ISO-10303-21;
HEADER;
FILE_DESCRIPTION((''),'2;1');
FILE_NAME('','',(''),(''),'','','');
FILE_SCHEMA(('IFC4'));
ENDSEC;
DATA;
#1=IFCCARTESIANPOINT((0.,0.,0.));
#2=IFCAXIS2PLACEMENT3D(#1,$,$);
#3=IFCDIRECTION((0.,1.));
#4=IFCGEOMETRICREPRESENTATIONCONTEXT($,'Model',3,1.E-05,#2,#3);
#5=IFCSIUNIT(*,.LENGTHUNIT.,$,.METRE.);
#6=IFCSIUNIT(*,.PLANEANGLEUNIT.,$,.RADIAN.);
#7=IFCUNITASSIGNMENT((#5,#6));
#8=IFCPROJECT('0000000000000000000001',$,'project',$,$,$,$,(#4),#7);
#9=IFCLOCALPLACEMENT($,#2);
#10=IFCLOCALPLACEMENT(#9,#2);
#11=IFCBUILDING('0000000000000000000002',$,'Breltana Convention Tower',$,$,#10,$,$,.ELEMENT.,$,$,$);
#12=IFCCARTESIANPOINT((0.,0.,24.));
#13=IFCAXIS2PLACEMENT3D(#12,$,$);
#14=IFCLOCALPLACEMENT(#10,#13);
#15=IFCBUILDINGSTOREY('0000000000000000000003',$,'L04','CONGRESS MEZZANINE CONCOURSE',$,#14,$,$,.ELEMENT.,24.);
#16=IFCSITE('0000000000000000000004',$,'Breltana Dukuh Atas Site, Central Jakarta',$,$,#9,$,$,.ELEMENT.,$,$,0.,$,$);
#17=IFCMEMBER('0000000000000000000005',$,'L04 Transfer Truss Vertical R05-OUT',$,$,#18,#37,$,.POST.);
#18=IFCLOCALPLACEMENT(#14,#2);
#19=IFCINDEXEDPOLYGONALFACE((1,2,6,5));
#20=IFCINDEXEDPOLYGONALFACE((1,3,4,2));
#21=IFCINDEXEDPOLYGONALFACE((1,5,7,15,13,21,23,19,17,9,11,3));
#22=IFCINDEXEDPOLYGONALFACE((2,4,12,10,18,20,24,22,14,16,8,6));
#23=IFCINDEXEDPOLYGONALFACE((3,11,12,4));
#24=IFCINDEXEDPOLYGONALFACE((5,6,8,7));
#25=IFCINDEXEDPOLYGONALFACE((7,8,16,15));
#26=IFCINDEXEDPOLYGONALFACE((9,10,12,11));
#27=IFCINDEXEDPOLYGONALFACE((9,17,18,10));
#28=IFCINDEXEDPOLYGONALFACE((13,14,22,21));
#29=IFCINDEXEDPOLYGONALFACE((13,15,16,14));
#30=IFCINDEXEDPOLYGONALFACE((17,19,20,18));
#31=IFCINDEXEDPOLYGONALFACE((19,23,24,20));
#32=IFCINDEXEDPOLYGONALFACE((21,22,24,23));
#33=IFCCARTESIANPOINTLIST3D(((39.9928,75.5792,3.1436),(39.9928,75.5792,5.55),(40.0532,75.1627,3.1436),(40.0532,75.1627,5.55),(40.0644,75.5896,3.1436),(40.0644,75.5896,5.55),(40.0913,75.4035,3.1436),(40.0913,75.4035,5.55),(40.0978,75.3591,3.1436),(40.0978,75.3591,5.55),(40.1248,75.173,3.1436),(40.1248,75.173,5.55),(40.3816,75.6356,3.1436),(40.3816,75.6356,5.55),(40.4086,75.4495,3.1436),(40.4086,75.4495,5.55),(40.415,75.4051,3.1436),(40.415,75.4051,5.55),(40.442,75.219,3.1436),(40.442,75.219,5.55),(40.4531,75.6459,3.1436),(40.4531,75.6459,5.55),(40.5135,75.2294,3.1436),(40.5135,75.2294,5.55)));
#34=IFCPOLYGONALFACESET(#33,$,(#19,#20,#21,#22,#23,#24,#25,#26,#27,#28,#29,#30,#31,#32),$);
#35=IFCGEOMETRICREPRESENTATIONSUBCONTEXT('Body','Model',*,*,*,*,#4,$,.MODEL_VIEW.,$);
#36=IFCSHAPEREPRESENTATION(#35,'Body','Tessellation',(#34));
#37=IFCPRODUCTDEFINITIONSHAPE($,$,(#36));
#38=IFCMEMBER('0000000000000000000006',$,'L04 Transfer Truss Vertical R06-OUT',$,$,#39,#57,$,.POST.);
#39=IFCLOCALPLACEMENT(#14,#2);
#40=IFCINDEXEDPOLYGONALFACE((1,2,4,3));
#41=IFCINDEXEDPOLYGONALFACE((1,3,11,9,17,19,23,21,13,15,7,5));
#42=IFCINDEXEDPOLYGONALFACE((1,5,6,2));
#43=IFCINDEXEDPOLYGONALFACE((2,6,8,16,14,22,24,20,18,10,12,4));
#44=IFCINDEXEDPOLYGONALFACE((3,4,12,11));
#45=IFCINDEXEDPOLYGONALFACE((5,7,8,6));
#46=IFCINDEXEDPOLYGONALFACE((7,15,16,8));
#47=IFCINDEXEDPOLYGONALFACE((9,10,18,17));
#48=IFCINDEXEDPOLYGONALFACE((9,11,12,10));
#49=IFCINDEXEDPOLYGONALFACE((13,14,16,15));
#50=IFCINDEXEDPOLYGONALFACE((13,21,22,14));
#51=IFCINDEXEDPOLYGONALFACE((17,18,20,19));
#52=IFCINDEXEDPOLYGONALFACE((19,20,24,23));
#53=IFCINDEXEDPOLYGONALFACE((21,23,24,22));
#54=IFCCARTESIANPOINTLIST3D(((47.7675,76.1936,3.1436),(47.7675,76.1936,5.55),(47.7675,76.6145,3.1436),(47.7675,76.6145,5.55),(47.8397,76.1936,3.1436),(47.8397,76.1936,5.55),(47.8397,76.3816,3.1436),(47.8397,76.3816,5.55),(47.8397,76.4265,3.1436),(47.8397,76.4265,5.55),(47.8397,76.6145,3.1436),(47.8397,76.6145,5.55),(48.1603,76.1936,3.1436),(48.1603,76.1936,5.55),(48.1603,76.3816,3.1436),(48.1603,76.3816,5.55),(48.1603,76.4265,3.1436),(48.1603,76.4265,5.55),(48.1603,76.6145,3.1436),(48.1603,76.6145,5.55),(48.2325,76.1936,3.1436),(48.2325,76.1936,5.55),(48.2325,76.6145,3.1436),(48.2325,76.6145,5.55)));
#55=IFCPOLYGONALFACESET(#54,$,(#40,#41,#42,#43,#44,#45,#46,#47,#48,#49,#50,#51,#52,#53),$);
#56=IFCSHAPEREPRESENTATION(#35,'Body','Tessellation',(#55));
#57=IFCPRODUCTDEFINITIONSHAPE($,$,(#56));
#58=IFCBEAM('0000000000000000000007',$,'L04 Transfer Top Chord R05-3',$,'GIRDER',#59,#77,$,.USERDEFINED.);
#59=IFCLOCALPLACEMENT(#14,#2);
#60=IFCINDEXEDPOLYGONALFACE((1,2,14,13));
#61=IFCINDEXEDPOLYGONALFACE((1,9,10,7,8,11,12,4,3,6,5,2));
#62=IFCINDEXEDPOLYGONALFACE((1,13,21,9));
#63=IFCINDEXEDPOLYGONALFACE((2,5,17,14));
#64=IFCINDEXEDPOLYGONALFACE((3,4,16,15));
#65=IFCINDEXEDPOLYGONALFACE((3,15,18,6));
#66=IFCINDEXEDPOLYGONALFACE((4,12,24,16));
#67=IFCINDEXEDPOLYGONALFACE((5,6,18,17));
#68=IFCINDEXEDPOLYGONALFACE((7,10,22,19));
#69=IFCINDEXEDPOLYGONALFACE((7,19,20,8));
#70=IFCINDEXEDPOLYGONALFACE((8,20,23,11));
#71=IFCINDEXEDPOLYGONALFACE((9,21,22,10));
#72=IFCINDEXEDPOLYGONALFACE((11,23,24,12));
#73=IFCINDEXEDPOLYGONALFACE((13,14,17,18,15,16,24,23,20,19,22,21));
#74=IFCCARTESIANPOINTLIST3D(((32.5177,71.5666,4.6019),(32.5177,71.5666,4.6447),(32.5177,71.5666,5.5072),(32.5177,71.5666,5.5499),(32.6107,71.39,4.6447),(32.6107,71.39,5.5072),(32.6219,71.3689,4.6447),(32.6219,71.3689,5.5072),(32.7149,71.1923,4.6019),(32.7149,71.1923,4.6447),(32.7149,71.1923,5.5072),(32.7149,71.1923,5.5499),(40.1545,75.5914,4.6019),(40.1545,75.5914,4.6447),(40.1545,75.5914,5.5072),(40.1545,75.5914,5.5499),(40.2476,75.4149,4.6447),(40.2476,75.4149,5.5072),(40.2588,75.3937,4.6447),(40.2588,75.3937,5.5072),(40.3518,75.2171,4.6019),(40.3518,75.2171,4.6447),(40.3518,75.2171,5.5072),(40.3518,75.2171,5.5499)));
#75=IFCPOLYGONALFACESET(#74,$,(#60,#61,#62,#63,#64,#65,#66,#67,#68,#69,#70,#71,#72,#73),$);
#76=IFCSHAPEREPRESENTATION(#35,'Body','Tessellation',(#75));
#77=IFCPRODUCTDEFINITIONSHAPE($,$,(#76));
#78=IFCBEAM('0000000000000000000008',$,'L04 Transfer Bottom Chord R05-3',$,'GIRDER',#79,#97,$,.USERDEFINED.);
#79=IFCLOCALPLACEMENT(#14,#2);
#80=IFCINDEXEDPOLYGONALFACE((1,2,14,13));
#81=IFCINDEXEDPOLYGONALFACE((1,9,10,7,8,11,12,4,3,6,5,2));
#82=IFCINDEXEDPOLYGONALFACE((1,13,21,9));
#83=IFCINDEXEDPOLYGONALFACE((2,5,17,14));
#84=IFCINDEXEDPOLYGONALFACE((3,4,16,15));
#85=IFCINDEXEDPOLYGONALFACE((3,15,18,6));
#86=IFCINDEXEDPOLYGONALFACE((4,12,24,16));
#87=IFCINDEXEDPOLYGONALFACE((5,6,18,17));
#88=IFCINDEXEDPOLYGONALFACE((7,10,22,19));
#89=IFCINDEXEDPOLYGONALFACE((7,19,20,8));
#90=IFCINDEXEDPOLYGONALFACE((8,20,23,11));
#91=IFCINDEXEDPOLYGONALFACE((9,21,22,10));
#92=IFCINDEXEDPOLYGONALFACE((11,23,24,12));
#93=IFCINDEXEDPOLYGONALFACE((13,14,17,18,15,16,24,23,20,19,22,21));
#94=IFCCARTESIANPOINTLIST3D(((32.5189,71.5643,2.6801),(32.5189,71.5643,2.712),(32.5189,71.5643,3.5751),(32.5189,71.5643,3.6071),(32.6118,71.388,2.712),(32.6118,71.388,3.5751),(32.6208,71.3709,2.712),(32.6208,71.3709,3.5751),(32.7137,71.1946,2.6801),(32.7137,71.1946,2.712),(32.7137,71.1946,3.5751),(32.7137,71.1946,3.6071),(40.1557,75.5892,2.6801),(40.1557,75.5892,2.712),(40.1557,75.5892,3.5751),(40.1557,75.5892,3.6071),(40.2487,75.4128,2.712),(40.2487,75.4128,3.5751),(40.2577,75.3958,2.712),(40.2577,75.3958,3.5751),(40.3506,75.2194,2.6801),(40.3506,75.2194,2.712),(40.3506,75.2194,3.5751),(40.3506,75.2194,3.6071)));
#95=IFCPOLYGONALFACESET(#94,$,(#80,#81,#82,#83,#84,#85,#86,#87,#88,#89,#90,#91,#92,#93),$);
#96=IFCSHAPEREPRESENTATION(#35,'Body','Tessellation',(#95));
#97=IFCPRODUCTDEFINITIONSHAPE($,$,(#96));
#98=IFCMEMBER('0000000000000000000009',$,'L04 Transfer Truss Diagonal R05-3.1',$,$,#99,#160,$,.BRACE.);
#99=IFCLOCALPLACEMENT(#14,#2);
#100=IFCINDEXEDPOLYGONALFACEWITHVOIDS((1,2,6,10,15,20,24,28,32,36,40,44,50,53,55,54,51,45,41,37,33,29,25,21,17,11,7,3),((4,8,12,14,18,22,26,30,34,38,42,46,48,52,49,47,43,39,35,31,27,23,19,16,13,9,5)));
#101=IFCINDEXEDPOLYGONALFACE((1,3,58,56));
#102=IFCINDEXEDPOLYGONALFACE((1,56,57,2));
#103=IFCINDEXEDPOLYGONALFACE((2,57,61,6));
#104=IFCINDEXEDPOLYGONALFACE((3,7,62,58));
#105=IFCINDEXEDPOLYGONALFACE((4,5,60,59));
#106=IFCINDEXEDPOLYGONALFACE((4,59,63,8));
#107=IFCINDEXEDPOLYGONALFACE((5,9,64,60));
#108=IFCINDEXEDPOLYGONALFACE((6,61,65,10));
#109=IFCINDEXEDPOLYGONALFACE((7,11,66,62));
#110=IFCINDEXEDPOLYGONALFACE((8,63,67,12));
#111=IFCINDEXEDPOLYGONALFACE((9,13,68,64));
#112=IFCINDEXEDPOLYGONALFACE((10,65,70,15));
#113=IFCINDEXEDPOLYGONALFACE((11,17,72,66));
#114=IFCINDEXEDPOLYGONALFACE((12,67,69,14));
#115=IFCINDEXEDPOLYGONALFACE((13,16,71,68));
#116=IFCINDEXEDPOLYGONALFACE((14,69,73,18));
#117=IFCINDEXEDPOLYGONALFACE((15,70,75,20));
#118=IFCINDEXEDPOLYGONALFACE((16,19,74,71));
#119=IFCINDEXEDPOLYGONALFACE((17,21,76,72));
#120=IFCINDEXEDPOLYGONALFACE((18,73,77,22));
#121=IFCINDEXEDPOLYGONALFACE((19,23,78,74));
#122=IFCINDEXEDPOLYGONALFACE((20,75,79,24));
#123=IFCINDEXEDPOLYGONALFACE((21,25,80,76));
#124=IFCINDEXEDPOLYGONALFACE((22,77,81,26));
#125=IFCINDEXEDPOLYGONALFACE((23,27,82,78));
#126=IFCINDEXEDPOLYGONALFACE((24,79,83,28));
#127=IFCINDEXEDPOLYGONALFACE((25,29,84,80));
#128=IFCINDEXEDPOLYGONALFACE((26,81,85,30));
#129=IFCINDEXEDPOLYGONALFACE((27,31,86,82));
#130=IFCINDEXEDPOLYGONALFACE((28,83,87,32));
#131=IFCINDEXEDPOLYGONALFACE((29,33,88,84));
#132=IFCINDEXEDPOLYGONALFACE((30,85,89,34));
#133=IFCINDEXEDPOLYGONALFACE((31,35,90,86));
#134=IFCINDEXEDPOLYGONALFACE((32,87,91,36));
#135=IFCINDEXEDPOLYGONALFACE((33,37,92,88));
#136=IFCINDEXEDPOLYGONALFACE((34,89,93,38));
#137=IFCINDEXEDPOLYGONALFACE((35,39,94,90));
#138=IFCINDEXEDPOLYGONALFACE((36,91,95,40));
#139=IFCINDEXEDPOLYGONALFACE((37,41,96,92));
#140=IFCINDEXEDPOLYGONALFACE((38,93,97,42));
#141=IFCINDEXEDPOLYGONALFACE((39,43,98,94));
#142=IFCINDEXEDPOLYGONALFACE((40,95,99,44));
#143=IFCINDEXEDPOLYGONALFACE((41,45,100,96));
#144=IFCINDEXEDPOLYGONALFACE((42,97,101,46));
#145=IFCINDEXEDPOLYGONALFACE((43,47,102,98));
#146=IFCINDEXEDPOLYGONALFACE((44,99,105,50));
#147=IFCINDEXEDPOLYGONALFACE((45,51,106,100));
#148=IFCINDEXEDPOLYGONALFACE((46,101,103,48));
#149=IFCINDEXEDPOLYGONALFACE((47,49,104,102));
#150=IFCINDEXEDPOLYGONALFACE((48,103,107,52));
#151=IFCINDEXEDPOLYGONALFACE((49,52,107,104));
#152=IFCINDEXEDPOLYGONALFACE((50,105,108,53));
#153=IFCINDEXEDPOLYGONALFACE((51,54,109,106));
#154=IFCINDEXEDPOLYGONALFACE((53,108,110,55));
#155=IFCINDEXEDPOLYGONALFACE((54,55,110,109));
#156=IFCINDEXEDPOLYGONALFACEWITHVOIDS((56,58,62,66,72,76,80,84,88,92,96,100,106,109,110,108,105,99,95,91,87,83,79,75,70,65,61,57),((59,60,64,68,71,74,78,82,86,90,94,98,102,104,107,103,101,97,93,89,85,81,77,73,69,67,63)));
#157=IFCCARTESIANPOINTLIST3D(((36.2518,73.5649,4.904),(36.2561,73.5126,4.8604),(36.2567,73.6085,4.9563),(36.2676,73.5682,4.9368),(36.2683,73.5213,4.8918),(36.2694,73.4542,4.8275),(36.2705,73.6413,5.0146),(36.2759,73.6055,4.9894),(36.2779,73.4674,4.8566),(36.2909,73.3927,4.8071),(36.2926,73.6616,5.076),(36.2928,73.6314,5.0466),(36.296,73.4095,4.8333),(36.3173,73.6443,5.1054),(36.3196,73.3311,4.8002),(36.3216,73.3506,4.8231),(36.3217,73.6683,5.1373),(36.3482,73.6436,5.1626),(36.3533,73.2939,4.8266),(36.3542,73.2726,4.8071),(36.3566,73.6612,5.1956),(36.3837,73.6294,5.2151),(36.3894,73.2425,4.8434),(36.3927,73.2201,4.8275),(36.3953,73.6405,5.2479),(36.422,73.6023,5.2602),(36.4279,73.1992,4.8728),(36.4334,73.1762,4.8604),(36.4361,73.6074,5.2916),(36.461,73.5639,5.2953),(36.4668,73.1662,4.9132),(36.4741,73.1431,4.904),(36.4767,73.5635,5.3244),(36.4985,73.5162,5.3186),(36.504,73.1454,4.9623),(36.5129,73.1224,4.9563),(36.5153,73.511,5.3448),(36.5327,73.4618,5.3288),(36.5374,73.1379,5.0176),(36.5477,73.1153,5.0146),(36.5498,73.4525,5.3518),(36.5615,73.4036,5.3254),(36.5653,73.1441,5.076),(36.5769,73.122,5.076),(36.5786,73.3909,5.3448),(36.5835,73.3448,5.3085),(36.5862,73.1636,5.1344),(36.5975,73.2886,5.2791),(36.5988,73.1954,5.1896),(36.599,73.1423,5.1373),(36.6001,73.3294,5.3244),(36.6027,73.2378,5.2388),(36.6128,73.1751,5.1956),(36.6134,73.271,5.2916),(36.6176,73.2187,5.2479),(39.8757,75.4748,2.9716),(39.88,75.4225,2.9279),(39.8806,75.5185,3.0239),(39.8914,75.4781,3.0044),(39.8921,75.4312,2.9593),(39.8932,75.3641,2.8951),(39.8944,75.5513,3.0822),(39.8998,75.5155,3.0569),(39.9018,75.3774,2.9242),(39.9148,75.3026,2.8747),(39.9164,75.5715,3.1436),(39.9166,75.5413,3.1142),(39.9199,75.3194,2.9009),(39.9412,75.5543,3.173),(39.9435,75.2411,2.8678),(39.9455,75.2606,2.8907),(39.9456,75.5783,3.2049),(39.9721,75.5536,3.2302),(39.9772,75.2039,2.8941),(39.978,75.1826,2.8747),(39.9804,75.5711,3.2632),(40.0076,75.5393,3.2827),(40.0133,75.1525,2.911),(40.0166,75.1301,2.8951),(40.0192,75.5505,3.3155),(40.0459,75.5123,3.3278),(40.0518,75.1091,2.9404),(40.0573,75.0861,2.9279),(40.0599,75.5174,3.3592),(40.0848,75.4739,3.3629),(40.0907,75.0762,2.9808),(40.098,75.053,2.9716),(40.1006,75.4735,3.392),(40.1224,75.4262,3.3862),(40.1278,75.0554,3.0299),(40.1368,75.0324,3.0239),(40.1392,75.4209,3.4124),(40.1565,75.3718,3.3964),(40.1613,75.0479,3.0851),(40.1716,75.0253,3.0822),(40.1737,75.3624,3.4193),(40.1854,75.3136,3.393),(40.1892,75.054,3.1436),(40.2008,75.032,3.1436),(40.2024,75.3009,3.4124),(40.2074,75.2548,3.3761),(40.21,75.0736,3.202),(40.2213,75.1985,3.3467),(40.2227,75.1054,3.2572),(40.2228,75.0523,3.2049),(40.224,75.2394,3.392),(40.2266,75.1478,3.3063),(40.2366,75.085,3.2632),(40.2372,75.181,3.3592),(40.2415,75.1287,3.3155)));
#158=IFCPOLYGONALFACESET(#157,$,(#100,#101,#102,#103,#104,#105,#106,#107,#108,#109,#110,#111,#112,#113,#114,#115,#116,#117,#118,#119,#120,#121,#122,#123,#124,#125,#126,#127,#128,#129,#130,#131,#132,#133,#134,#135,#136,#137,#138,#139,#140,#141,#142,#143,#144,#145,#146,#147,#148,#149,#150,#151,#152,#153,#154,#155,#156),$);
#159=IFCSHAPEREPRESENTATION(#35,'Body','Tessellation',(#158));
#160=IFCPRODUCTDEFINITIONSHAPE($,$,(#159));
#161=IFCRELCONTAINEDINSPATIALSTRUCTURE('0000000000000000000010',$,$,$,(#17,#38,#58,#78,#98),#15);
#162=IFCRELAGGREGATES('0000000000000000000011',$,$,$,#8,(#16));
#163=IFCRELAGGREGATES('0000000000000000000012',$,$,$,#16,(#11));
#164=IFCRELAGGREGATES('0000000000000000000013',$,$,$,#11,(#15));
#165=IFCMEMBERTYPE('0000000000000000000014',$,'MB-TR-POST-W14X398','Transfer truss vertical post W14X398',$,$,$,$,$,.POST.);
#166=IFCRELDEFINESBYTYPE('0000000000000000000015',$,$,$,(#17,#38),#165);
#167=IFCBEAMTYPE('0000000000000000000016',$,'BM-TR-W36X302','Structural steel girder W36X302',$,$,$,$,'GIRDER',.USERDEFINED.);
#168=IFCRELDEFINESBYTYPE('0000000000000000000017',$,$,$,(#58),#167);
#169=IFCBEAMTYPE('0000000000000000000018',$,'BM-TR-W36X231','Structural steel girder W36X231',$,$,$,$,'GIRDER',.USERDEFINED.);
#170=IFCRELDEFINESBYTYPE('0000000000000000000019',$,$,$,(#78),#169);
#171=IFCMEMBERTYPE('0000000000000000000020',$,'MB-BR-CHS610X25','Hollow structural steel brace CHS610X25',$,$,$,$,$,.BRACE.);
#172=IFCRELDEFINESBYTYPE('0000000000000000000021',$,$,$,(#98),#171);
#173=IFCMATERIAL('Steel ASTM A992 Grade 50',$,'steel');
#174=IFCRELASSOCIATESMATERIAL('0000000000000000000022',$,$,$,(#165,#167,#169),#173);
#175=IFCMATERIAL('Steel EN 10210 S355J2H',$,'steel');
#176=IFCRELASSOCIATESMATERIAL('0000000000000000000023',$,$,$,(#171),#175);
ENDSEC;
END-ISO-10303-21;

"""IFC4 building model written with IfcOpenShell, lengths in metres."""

from ifc_helpers import new_model, si_unit, direction, frame, origin, origin_2d, place, context, subcontext, project, spatial, hollow_circle, i_section, extrude, source, transform, mapped, material, material_profile, profile_set, type_object, type_shapes, element, save


model = new_model("IFC4")

# Units and contexts
model_context = context("Model", 3, precision=1e-05, world=origin(), true_north=direction((0.0, 1.0)))
body_context = subcontext(model_context, "Body", "Model", "MODEL_VIEW")
ifc_project = project(units=[si_unit("LENGTHUNIT", "METRE"), si_unit("PLANEANGLEUNIT", "RADIAN")], contexts=[model_context])

# Site, building, storey
site_placement = place(None, origin())
site = spatial("IfcSite", under=ifc_project, at=site_placement, Name="Breltana Dukuh Atas Site, Central Jakarta", CompositionType="ELEMENT", RefElevation=0.0)
building_placement = place(site_placement, origin())
building = spatial("IfcBuilding", under=site, at=building_placement, Name="Breltana Convention Tower", CompositionType="ELEMENT")
storey_placement = place(building_placement, frame((0.0, 0.0, 24.0)))
storey = spatial("IfcBuildingStorey", under=building, at=storey_placement, Name="L04", Description="CONGRESS MEZZANINE CONCOURSE", CompositionType="ELEMENT", Elevation=24.0)

# Members
ifc_material_1 = material(Name="Steel ASTM A992 Grade 50", Category="steel")
ifc_material_profile_1 = material_profile(ifc_material_1, i_section(OverallWidth=0.4209, OverallDepth=0.4651, WebThickness=0.0449, FlangeThickness=0.0723, at=origin_2d()), Name="W14X398")
ifc_profile_set_1 = profile_set([ifc_material_profile_1], Name="Steel ASTM A992 Grade 50")
member_type_1 = type_object("IfcMemberType", Name="MB-TR-POST-W14X398", Description="Transfer truss vertical post W14X398", PredefinedType="POST", material=ifc_profile_set_1)
shared_shape_1 = source(origin(), body_context, "Body", "SweptSolid", [
    extrude(i_section(OverallWidth=0.4209, OverallDepth=0.4651, WebThickness=0.0449, FlangeThickness=0.0723, at=origin_2d()), origin(), (0.0, 0.0, 1.0), 2.4065),
])
type_shapes(member_type_1, [shared_shape_1])
for number, where, z_axis, x_axis, name in (
    (1, (40.2532, 75.4043, 3.1436), (0.0, 0.0, 1.0), (-0.143493, 0.989651, 0.0), "L04 Transfer Truss Vertical R05-OUT"),
    (2, (48.0, 76.4041, 3.1436), (0.0, 0.0, 1.0), (0.0, 1.0, 0.0), "L04 Transfer Truss Vertical R06-OUT"),
):
    element("IfcMember", number, at=place(storey_placement, frame(where, z_axis=z_axis, x_axis=x_axis)), inside=storey, type_object=member_type_1, Name=name, PredefinedType="POST", context=body_context, shape_type="MappedRepresentation", body=[
        mapped(shared_shape_1, transform((0.0, 0.0, 0.0), scale=1.0)),
    ])

# Beams
ifc_material_profile_2 = material_profile(ifc_material_1, i_section(OverallWidth=0.4231, OverallDepth=0.948, WebThickness=0.0239, FlangeThickness=0.0427, at=origin_2d()), Name="W36X302")
ifc_profile_set_2 = profile_set([ifc_material_profile_2], Name="Steel ASTM A992 Grade 50")
beam_type_1 = type_object("IfcBeamType", Name="BM-TR-W36X302", Description="Structural steel girder W36X302", ElementType="GIRDER", PredefinedType="USERDEFINED", material=ifc_profile_set_2)
shared_shape_2 = source(origin(), body_context, "Body", "SweptSolid", [
    extrude(i_section(OverallWidth=0.4231, OverallDepth=0.948, WebThickness=0.0239, FlangeThickness=0.0427, at=origin_2d()), origin(), (0.0, 0.0, 1.0), 8.6326),
])
beam_1_placement = place(storey_placement, frame((40.2532, 75.4043, 5.0759), z_axis=(-0.884658, -0.466241, 0.0), x_axis=(0.466241, -0.884658, 0.0)))
element("IfcBeam", 3, at=beam_1_placement, inside=storey, type_object=beam_type_1, Name="L04 Transfer Top Chord R05-3", ObjectType="GIRDER", PredefinedType="USERDEFINED", context=body_context, shape_type="MappedRepresentation", body=[
    mapped(shared_shape_2, transform((0.0, 0.0, 0.0), scale=1.0)),
])
ifc_material_profile_3 = material_profile(ifc_material_1, i_section(OverallWidth=0.418, OverallDepth=0.927, WebThickness=0.0193, FlangeThickness=0.032, at=origin_2d()), Name="W36X231")
ifc_profile_set_3 = profile_set([ifc_material_profile_3], Name="Steel ASTM A992 Grade 50")
beam_type_2 = type_object("IfcBeamType", Name="BM-TR-W36X231", Description="Structural steel girder W36X231", ElementType="GIRDER", PredefinedType="USERDEFINED", material=ifc_profile_set_3)
shared_shape_3 = source(origin(), body_context, "Body", "SweptSolid", [
    extrude(i_section(OverallWidth=0.418, OverallDepth=0.927, WebThickness=0.0193, FlangeThickness=0.032, at=origin_2d()), origin(), (0.0, 0.0, 1.0), 8.6326),
])
beam_2_placement = place(storey_placement, frame((40.2532, 75.4043, 3.1436), z_axis=(-0.884658, -0.466241, 0.0), x_axis=(0.466241, -0.884658, 0.0)))
element("IfcBeam", 4, at=beam_2_placement, inside=storey, type_object=beam_type_2, Name="L04 Transfer Bottom Chord R05-3", ObjectType="GIRDER", PredefinedType="USERDEFINED", context=body_context, shape_type="MappedRepresentation", body=[
    mapped(shared_shape_3, transform((0.0, 0.0, 0.0), scale=1.0)),
])

# Member
ifc_material_2 = material(Name="Steel EN 10210 S355J2H", Category="steel")
ifc_material_profile_4 = material_profile(ifc_material_2, hollow_circle(Radius=0.3049, WallThickness=0.0249, at=origin_2d()), Name="CHS610X25")
ifc_profile_set_4 = profile_set([ifc_material_profile_4], Name="Steel EN 10210 S355J2H")
member_type_2 = type_object("IfcMemberType", Name="MB-BR-CHS610X25", Description="Hollow structural steel brace CHS610X25", PredefinedType="BRACE", material=ifc_profile_set_4)
shared_shape_4 = source(origin(), body_context, "Body", "SweptSolid", [
    extrude(hollow_circle(Radius=0.3049, WallThickness=0.0249, at=origin_2d()), origin(), (0.0, 0.0, 1.0), 4.5293),
])
member_1_placement = place(storey_placement, frame((40.0586, 75.3018, 3.1436), z_axis=(-0.800093, -0.421689, 0.426648), x_axis=(0.466255, -0.88465, 0.0)))
element("IfcMember", 5, at=member_1_placement, inside=storey, type_object=member_type_2, Name="L04 Transfer Truss Diagonal R05-3.1", PredefinedType="BRACE", context=body_context, shape_type="MappedRepresentation", body=[
    mapped(shared_shape_4, transform((0.0, 0.0, 0.0), scale=1.0)),
])

save(model, "model.ifc")
